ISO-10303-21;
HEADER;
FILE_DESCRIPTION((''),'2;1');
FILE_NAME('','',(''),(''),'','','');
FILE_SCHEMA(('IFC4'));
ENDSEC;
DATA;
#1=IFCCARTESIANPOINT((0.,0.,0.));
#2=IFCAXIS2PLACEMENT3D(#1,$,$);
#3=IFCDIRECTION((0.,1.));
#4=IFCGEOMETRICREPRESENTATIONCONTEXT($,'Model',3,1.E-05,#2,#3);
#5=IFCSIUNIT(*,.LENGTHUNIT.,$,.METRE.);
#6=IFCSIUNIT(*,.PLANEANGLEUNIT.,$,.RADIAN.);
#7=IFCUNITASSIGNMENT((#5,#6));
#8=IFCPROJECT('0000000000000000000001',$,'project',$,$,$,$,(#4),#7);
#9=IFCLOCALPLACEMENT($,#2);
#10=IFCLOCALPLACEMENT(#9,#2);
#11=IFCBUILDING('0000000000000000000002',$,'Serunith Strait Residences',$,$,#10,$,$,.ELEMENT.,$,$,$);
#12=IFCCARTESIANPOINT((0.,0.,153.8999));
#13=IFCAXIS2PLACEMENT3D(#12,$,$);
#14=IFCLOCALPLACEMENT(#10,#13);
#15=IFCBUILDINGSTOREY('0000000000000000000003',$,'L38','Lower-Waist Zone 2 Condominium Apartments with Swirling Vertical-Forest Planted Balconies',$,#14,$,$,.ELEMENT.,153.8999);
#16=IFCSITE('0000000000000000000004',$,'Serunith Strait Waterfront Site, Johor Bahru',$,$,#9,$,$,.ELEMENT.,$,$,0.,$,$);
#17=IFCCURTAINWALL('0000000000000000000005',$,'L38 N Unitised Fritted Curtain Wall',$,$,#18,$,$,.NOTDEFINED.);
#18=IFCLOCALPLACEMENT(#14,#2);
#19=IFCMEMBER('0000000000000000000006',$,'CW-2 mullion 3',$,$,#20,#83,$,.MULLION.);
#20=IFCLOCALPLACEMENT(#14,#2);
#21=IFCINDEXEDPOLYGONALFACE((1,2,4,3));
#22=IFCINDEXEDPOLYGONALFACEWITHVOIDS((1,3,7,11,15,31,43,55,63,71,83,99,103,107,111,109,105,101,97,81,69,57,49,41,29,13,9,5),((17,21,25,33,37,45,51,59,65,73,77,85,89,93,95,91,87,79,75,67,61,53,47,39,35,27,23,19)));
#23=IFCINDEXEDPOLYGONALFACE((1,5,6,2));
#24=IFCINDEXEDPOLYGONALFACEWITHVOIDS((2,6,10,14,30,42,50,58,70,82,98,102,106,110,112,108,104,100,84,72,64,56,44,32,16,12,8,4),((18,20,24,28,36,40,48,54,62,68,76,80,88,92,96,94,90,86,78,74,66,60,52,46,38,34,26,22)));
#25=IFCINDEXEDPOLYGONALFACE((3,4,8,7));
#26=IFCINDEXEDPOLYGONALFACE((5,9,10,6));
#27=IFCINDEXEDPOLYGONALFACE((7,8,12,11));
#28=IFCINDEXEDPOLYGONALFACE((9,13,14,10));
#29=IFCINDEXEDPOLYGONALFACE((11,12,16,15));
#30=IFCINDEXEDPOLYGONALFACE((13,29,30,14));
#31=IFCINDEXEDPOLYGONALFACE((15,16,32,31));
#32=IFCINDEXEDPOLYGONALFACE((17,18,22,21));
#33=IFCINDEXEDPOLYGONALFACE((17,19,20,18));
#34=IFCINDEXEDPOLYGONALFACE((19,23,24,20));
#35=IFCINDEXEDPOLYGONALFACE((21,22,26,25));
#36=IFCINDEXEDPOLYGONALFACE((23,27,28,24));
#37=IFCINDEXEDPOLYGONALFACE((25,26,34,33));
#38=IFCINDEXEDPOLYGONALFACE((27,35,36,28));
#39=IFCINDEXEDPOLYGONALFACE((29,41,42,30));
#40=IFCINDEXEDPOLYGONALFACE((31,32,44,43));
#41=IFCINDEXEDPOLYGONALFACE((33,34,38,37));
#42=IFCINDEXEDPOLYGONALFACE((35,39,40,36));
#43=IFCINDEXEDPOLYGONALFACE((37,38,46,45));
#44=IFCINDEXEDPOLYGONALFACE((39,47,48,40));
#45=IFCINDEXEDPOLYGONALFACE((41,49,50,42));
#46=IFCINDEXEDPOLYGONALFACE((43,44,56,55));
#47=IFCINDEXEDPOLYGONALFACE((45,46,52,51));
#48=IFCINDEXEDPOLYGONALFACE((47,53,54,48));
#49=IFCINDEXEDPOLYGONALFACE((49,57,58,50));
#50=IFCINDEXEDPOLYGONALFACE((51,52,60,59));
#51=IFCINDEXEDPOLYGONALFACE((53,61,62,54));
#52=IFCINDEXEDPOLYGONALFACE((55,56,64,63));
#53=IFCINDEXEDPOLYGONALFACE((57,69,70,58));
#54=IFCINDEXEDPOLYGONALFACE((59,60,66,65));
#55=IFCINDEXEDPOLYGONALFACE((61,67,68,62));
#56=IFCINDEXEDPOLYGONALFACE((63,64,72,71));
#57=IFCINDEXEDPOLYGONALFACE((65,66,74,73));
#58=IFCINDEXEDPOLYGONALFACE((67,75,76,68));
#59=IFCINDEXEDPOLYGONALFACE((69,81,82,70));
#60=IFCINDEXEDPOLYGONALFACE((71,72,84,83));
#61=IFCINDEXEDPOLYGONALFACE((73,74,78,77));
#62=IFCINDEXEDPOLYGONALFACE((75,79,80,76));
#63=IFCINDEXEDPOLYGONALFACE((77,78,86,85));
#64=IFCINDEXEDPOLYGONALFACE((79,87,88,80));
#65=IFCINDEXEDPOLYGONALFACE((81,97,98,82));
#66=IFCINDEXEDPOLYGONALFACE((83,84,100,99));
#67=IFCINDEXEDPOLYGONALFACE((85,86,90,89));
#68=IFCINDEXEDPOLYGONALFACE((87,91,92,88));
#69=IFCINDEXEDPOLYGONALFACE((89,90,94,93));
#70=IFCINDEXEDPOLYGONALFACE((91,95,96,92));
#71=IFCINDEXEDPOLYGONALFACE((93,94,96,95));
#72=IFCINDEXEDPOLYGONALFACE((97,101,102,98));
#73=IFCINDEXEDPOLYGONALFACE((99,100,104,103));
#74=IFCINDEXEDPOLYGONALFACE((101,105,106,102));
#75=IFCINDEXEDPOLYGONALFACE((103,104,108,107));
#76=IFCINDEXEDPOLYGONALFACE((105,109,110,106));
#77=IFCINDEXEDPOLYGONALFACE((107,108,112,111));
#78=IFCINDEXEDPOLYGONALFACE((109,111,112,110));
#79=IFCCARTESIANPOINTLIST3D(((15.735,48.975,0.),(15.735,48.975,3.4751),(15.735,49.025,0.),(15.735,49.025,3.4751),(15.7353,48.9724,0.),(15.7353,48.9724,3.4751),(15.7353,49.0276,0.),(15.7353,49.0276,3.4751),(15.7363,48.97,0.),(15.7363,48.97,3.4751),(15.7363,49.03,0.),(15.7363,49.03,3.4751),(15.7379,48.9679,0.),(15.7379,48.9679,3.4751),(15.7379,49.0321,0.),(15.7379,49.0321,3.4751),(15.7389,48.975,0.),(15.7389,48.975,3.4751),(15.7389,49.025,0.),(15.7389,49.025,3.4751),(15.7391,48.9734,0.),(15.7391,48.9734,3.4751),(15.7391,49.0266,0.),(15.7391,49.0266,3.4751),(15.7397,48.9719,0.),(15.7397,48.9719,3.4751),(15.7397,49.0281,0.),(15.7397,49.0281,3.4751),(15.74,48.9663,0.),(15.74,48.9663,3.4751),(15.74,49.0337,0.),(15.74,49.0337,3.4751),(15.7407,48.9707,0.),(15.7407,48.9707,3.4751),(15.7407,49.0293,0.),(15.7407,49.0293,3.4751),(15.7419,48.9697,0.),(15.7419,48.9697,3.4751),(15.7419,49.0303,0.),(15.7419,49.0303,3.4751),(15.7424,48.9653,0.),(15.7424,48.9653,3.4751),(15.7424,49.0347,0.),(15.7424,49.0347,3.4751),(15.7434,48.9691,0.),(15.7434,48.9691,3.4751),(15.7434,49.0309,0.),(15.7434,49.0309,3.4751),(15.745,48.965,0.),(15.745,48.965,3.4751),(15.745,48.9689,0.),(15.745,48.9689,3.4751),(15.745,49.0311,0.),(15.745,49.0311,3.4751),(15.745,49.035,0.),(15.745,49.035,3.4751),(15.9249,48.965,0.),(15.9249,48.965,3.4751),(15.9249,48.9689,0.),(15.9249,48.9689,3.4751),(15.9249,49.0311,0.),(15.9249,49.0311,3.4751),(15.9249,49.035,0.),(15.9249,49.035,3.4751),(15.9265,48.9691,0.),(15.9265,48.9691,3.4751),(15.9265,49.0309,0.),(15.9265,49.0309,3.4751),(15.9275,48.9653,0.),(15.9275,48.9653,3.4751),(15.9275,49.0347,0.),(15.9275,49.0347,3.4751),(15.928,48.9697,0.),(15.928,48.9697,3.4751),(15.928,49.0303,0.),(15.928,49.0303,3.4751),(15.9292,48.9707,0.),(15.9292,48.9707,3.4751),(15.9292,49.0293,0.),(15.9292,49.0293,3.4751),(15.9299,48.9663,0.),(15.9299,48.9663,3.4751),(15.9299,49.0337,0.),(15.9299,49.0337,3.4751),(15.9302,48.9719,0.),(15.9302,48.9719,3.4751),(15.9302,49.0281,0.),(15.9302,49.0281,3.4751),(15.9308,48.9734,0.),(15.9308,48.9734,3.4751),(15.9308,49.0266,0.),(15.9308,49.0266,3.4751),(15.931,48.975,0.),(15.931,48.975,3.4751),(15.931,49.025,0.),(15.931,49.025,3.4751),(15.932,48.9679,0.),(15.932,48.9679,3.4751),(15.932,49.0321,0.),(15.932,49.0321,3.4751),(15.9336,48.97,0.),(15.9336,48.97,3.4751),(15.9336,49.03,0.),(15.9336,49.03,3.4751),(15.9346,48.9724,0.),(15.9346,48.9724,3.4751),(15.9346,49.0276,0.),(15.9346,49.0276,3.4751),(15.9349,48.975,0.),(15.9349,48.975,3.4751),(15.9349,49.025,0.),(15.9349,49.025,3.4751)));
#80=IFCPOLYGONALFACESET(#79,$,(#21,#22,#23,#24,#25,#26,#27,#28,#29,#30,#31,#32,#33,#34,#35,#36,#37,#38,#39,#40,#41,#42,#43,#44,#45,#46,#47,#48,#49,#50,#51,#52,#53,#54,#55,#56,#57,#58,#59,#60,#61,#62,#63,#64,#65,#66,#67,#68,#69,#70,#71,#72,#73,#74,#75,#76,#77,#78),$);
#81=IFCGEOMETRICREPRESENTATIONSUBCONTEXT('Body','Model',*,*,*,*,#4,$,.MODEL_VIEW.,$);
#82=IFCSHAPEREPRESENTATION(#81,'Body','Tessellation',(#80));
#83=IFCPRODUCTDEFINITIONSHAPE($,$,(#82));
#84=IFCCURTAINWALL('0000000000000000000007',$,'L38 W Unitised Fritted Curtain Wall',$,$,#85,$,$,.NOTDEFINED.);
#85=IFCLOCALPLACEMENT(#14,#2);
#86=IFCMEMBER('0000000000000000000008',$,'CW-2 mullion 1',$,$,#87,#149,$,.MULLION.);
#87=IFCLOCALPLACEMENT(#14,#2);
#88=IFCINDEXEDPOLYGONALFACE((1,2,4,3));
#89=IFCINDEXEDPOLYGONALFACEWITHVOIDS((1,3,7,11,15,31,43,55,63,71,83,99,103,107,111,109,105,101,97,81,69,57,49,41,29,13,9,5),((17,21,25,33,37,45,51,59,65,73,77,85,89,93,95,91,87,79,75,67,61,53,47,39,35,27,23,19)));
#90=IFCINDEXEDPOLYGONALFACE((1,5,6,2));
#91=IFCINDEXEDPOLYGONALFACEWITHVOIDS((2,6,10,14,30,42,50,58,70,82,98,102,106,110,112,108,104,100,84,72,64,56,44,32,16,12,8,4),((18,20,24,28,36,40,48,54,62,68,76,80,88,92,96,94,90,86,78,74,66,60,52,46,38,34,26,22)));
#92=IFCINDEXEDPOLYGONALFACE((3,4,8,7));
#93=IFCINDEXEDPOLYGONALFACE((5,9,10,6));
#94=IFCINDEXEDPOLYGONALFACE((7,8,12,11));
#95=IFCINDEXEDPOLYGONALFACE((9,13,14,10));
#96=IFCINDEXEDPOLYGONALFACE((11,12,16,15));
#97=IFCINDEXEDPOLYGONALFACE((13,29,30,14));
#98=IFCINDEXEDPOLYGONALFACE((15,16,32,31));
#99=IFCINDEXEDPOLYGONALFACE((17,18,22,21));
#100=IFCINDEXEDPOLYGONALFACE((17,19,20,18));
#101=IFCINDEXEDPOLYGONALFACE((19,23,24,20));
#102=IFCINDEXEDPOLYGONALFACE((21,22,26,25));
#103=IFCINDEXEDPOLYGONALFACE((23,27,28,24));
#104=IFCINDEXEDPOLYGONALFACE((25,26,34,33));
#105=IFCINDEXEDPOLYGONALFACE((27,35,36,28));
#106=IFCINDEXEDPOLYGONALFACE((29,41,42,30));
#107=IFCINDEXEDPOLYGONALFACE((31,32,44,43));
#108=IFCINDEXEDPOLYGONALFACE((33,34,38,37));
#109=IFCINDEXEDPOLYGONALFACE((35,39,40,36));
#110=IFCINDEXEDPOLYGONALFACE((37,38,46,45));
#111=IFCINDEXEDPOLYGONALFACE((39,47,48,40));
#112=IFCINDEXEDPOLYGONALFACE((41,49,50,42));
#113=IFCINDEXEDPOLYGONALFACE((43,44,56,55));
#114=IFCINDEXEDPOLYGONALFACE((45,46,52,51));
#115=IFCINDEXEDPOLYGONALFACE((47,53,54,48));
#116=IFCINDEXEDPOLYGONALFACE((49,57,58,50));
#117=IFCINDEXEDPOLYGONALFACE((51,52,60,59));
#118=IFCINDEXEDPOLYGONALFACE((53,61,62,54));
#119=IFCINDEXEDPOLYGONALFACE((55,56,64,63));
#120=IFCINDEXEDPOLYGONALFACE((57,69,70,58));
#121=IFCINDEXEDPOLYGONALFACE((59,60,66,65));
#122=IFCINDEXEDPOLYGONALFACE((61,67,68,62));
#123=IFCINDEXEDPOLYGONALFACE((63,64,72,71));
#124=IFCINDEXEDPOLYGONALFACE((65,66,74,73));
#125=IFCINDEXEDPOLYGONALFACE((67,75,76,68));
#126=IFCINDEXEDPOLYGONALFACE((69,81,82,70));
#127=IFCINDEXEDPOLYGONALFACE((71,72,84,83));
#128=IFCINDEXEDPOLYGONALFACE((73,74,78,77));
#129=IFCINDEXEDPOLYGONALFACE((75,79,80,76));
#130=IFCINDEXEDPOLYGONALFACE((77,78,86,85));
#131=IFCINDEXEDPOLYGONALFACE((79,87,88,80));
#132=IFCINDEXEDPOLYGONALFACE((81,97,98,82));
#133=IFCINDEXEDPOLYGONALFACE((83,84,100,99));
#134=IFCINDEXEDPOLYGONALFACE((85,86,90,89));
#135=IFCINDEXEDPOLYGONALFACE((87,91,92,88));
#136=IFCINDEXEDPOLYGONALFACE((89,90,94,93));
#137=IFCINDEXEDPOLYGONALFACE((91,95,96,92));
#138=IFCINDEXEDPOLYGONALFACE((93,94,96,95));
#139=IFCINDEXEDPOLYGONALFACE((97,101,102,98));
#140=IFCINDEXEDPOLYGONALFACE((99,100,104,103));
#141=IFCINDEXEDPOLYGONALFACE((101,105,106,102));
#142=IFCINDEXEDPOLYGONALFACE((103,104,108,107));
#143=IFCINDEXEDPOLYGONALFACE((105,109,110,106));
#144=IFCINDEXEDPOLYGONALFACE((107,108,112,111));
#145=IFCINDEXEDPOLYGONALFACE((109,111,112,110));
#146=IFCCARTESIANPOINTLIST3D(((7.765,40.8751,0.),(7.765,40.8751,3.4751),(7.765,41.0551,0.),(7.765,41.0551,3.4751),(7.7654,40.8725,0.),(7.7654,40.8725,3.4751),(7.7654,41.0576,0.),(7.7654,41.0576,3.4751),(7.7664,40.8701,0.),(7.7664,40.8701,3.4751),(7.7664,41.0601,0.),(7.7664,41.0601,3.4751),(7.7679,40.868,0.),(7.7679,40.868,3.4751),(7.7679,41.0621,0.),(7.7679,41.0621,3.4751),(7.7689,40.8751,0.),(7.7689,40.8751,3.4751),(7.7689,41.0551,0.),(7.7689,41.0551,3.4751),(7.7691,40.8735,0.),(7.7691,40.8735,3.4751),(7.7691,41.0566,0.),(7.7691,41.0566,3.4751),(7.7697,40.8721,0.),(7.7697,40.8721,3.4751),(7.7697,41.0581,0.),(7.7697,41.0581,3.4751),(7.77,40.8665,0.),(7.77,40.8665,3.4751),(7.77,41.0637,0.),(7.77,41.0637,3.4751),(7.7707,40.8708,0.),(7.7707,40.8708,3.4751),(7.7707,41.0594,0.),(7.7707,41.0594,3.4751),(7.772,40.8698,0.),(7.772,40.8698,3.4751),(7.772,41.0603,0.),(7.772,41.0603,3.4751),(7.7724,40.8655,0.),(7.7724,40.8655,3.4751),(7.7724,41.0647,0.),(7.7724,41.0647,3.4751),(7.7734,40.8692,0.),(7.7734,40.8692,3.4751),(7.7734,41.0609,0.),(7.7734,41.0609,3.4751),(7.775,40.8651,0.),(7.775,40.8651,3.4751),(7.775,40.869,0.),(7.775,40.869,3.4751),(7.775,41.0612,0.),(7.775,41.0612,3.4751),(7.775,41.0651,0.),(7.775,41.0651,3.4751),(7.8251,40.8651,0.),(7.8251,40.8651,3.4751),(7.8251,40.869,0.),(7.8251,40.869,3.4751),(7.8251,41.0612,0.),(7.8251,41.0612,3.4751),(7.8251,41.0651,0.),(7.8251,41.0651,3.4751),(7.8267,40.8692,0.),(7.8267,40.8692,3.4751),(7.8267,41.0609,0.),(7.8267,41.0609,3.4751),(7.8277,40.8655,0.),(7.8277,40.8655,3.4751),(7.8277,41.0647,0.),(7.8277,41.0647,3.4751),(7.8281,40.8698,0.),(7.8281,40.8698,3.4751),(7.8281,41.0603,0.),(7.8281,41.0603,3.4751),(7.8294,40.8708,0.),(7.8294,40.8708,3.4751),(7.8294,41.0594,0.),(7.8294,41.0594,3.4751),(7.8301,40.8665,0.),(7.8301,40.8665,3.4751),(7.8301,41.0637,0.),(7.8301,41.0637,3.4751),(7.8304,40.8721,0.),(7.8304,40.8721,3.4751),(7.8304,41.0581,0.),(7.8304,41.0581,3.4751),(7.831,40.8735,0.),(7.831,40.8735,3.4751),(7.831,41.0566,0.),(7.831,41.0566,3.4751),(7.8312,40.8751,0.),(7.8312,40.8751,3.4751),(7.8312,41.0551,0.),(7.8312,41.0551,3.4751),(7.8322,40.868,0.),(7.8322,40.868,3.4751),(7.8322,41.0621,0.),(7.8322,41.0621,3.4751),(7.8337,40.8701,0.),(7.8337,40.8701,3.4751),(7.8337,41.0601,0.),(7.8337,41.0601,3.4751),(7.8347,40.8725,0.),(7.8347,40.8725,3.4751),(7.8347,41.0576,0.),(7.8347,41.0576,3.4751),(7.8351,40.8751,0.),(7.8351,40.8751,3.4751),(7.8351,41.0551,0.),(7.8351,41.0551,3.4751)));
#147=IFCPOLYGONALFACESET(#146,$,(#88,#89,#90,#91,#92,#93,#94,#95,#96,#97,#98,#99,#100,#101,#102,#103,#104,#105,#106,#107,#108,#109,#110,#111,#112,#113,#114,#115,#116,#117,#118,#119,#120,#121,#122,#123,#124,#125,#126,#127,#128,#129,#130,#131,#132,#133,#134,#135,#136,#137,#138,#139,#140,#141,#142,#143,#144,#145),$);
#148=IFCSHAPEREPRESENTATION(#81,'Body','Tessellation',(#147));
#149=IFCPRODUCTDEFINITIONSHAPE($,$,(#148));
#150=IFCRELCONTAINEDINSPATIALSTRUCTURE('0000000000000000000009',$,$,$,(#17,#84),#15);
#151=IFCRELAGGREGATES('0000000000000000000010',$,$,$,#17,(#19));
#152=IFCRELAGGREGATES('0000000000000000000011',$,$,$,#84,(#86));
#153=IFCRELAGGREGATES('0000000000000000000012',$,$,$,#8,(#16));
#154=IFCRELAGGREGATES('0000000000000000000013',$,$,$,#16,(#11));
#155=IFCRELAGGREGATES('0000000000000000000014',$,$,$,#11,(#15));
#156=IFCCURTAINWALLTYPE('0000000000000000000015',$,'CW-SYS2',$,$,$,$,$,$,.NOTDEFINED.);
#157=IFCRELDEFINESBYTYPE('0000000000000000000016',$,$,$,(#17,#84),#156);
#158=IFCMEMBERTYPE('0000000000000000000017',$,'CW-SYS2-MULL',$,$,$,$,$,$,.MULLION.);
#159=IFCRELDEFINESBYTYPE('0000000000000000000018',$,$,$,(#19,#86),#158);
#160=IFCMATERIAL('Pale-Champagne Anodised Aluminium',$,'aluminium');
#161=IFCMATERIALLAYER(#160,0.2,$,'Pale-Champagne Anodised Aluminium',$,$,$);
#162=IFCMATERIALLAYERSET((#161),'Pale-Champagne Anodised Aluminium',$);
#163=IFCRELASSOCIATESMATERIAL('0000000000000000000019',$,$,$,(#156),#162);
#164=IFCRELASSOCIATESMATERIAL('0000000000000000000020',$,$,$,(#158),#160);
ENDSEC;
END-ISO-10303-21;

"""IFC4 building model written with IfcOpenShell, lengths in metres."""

from ifc_helpers import new_model, si_unit, direction, frame, origin, origin_2d, place, context, subcontext, project, spatial, hollow_rectangle, extrude, source, transform, mapped, material, layer, layer_set, material_profile, profile_set, type_object, element, aggregate, save


model = new_model("IFC4")

# Units and contexts
model_context = context("Model", 3, precision=1e-05, world=origin(), true_north=direction((0.0, 1.0)))
body_context = subcontext(model_context, "Body", "Model", "MODEL_VIEW")
ifc_project = project(units=[si_unit("LENGTHUNIT", "METRE"), si_unit("PLANEANGLEUNIT", "RADIAN")], contexts=[model_context])

# Site, building, storey
site_placement = place(None, origin())
site = spatial("IfcSite", under=ifc_project, at=site_placement, Name="Serunith Strait Waterfront Site, Johor Bahru", CompositionType="ELEMENT", RefElevation=0.0)
building_placement = place(site_placement, origin())
building = spatial("IfcBuilding", under=site, at=building_placement, Name="Serunith Strait Residences", CompositionType="ELEMENT")
storey_placement = place(building_placement, frame((0.0, 0.0, 153.8999)))
storey = spatial("IfcBuildingStorey", under=building, at=storey_placement, Name="L38", Description="Lower-Waist Zone 2 Condominium Apartments with Swirling Vertical-Forest Planted Balconies", CompositionType="ELEMENT", Elevation=153.8999)

# Curtain wall, member
ifc_material_1 = material(Name="Pale-Champagne Anodised Aluminium", Category="aluminium")
ifc_layer_1 = layer(ifc_material_1, 0.2, Name="Pale-Champagne Anodised Aluminium")
ifc_layer_set_1 = layer_set([ifc_layer_1], Name="Pale-Champagne Anodised Aluminium")
curtain_wall_type = type_object("IfcCurtainWallType", Name="CW-SYS2", PredefinedType="NOTDEFINED", material=ifc_layer_set_1)
curtain_wall_1_placement = place(storey_placement, origin())
curtain_wall_1 = element("IfcCurtainWall", 1, at=curtain_wall_1_placement, inside=storey, type_object=curtain_wall_type, Name="L38 N Unitised Fritted Curtain Wall", PredefinedType="NOTDEFINED")
ifc_material_profile_1 = material_profile(ifc_material_1, hollow_rectangle(XDim=0.0701, YDim=0.2, WallThickness=0.0039, InnerFilletRadius=0.0061, OuterFilletRadius=0.01, at=origin_2d()), Name="ALU 200x70x4")
ifc_profile_set_1 = profile_set([ifc_material_profile_1], Name="Pale-Champagne Anodised Aluminium")
member_type_1 = type_object("IfcMemberType", Name="CW-SYS2-MULL", PredefinedType="MULLION", material=ifc_profile_set_1)
shared_shape_1 = source(origin(), body_context, "Body", "SweptSolid", [
    extrude(hollow_rectangle(XDim=0.0701, YDim=0.2, WallThickness=0.0039, InnerFilletRadius=0.0061, OuterFilletRadius=0.01, at=origin_2d()), origin(), (0.0, 0.0, 1.0), 3.4751),
])
member_1_placement = place(storey_placement, frame((15.835, 49.0, 0.0), z_axis=(0.0, 0.0, 1.0), x_axis=(0.0, -1.0, 0.0)))
member_1 = element("IfcMember", 2, at=member_1_placement, type_object=member_type_1, Name="CW-2 mullion 3", PredefinedType="MULLION", context=body_context, shape_type="MappedRepresentation", body=[
    mapped(shared_shape_1, transform((0.0, 0.0, 0.0), scale=1.0)),
])
aggregate(curtain_wall_1, [member_1])

# Curtain wall, member
curtain_wall_2_placement = place(storey_placement, origin())
curtain_wall_2 = element("IfcCurtainWall", 3, at=curtain_wall_2_placement, inside=storey, type_object=curtain_wall_type, Name="L38 W Unitised Fritted Curtain Wall", PredefinedType="NOTDEFINED")
member_2_placement = place(storey_placement, frame((7.8, 40.9651, 0.0), z_axis=(0.0, 0.0, 1.0), x_axis=(1.0, 0.0, 0.0)))
member_2 = element("IfcMember", 4, at=member_2_placement, type_object=member_type_1, Name="CW-2 mullion 1", PredefinedType="MULLION", context=body_context, shape_type="MappedRepresentation", body=[
    mapped(shared_shape_1, transform((0.0, 0.0, 0.0), scale=1.0)),
])
aggregate(curtain_wall_2, [member_2])

save(model, "model.ifc")
